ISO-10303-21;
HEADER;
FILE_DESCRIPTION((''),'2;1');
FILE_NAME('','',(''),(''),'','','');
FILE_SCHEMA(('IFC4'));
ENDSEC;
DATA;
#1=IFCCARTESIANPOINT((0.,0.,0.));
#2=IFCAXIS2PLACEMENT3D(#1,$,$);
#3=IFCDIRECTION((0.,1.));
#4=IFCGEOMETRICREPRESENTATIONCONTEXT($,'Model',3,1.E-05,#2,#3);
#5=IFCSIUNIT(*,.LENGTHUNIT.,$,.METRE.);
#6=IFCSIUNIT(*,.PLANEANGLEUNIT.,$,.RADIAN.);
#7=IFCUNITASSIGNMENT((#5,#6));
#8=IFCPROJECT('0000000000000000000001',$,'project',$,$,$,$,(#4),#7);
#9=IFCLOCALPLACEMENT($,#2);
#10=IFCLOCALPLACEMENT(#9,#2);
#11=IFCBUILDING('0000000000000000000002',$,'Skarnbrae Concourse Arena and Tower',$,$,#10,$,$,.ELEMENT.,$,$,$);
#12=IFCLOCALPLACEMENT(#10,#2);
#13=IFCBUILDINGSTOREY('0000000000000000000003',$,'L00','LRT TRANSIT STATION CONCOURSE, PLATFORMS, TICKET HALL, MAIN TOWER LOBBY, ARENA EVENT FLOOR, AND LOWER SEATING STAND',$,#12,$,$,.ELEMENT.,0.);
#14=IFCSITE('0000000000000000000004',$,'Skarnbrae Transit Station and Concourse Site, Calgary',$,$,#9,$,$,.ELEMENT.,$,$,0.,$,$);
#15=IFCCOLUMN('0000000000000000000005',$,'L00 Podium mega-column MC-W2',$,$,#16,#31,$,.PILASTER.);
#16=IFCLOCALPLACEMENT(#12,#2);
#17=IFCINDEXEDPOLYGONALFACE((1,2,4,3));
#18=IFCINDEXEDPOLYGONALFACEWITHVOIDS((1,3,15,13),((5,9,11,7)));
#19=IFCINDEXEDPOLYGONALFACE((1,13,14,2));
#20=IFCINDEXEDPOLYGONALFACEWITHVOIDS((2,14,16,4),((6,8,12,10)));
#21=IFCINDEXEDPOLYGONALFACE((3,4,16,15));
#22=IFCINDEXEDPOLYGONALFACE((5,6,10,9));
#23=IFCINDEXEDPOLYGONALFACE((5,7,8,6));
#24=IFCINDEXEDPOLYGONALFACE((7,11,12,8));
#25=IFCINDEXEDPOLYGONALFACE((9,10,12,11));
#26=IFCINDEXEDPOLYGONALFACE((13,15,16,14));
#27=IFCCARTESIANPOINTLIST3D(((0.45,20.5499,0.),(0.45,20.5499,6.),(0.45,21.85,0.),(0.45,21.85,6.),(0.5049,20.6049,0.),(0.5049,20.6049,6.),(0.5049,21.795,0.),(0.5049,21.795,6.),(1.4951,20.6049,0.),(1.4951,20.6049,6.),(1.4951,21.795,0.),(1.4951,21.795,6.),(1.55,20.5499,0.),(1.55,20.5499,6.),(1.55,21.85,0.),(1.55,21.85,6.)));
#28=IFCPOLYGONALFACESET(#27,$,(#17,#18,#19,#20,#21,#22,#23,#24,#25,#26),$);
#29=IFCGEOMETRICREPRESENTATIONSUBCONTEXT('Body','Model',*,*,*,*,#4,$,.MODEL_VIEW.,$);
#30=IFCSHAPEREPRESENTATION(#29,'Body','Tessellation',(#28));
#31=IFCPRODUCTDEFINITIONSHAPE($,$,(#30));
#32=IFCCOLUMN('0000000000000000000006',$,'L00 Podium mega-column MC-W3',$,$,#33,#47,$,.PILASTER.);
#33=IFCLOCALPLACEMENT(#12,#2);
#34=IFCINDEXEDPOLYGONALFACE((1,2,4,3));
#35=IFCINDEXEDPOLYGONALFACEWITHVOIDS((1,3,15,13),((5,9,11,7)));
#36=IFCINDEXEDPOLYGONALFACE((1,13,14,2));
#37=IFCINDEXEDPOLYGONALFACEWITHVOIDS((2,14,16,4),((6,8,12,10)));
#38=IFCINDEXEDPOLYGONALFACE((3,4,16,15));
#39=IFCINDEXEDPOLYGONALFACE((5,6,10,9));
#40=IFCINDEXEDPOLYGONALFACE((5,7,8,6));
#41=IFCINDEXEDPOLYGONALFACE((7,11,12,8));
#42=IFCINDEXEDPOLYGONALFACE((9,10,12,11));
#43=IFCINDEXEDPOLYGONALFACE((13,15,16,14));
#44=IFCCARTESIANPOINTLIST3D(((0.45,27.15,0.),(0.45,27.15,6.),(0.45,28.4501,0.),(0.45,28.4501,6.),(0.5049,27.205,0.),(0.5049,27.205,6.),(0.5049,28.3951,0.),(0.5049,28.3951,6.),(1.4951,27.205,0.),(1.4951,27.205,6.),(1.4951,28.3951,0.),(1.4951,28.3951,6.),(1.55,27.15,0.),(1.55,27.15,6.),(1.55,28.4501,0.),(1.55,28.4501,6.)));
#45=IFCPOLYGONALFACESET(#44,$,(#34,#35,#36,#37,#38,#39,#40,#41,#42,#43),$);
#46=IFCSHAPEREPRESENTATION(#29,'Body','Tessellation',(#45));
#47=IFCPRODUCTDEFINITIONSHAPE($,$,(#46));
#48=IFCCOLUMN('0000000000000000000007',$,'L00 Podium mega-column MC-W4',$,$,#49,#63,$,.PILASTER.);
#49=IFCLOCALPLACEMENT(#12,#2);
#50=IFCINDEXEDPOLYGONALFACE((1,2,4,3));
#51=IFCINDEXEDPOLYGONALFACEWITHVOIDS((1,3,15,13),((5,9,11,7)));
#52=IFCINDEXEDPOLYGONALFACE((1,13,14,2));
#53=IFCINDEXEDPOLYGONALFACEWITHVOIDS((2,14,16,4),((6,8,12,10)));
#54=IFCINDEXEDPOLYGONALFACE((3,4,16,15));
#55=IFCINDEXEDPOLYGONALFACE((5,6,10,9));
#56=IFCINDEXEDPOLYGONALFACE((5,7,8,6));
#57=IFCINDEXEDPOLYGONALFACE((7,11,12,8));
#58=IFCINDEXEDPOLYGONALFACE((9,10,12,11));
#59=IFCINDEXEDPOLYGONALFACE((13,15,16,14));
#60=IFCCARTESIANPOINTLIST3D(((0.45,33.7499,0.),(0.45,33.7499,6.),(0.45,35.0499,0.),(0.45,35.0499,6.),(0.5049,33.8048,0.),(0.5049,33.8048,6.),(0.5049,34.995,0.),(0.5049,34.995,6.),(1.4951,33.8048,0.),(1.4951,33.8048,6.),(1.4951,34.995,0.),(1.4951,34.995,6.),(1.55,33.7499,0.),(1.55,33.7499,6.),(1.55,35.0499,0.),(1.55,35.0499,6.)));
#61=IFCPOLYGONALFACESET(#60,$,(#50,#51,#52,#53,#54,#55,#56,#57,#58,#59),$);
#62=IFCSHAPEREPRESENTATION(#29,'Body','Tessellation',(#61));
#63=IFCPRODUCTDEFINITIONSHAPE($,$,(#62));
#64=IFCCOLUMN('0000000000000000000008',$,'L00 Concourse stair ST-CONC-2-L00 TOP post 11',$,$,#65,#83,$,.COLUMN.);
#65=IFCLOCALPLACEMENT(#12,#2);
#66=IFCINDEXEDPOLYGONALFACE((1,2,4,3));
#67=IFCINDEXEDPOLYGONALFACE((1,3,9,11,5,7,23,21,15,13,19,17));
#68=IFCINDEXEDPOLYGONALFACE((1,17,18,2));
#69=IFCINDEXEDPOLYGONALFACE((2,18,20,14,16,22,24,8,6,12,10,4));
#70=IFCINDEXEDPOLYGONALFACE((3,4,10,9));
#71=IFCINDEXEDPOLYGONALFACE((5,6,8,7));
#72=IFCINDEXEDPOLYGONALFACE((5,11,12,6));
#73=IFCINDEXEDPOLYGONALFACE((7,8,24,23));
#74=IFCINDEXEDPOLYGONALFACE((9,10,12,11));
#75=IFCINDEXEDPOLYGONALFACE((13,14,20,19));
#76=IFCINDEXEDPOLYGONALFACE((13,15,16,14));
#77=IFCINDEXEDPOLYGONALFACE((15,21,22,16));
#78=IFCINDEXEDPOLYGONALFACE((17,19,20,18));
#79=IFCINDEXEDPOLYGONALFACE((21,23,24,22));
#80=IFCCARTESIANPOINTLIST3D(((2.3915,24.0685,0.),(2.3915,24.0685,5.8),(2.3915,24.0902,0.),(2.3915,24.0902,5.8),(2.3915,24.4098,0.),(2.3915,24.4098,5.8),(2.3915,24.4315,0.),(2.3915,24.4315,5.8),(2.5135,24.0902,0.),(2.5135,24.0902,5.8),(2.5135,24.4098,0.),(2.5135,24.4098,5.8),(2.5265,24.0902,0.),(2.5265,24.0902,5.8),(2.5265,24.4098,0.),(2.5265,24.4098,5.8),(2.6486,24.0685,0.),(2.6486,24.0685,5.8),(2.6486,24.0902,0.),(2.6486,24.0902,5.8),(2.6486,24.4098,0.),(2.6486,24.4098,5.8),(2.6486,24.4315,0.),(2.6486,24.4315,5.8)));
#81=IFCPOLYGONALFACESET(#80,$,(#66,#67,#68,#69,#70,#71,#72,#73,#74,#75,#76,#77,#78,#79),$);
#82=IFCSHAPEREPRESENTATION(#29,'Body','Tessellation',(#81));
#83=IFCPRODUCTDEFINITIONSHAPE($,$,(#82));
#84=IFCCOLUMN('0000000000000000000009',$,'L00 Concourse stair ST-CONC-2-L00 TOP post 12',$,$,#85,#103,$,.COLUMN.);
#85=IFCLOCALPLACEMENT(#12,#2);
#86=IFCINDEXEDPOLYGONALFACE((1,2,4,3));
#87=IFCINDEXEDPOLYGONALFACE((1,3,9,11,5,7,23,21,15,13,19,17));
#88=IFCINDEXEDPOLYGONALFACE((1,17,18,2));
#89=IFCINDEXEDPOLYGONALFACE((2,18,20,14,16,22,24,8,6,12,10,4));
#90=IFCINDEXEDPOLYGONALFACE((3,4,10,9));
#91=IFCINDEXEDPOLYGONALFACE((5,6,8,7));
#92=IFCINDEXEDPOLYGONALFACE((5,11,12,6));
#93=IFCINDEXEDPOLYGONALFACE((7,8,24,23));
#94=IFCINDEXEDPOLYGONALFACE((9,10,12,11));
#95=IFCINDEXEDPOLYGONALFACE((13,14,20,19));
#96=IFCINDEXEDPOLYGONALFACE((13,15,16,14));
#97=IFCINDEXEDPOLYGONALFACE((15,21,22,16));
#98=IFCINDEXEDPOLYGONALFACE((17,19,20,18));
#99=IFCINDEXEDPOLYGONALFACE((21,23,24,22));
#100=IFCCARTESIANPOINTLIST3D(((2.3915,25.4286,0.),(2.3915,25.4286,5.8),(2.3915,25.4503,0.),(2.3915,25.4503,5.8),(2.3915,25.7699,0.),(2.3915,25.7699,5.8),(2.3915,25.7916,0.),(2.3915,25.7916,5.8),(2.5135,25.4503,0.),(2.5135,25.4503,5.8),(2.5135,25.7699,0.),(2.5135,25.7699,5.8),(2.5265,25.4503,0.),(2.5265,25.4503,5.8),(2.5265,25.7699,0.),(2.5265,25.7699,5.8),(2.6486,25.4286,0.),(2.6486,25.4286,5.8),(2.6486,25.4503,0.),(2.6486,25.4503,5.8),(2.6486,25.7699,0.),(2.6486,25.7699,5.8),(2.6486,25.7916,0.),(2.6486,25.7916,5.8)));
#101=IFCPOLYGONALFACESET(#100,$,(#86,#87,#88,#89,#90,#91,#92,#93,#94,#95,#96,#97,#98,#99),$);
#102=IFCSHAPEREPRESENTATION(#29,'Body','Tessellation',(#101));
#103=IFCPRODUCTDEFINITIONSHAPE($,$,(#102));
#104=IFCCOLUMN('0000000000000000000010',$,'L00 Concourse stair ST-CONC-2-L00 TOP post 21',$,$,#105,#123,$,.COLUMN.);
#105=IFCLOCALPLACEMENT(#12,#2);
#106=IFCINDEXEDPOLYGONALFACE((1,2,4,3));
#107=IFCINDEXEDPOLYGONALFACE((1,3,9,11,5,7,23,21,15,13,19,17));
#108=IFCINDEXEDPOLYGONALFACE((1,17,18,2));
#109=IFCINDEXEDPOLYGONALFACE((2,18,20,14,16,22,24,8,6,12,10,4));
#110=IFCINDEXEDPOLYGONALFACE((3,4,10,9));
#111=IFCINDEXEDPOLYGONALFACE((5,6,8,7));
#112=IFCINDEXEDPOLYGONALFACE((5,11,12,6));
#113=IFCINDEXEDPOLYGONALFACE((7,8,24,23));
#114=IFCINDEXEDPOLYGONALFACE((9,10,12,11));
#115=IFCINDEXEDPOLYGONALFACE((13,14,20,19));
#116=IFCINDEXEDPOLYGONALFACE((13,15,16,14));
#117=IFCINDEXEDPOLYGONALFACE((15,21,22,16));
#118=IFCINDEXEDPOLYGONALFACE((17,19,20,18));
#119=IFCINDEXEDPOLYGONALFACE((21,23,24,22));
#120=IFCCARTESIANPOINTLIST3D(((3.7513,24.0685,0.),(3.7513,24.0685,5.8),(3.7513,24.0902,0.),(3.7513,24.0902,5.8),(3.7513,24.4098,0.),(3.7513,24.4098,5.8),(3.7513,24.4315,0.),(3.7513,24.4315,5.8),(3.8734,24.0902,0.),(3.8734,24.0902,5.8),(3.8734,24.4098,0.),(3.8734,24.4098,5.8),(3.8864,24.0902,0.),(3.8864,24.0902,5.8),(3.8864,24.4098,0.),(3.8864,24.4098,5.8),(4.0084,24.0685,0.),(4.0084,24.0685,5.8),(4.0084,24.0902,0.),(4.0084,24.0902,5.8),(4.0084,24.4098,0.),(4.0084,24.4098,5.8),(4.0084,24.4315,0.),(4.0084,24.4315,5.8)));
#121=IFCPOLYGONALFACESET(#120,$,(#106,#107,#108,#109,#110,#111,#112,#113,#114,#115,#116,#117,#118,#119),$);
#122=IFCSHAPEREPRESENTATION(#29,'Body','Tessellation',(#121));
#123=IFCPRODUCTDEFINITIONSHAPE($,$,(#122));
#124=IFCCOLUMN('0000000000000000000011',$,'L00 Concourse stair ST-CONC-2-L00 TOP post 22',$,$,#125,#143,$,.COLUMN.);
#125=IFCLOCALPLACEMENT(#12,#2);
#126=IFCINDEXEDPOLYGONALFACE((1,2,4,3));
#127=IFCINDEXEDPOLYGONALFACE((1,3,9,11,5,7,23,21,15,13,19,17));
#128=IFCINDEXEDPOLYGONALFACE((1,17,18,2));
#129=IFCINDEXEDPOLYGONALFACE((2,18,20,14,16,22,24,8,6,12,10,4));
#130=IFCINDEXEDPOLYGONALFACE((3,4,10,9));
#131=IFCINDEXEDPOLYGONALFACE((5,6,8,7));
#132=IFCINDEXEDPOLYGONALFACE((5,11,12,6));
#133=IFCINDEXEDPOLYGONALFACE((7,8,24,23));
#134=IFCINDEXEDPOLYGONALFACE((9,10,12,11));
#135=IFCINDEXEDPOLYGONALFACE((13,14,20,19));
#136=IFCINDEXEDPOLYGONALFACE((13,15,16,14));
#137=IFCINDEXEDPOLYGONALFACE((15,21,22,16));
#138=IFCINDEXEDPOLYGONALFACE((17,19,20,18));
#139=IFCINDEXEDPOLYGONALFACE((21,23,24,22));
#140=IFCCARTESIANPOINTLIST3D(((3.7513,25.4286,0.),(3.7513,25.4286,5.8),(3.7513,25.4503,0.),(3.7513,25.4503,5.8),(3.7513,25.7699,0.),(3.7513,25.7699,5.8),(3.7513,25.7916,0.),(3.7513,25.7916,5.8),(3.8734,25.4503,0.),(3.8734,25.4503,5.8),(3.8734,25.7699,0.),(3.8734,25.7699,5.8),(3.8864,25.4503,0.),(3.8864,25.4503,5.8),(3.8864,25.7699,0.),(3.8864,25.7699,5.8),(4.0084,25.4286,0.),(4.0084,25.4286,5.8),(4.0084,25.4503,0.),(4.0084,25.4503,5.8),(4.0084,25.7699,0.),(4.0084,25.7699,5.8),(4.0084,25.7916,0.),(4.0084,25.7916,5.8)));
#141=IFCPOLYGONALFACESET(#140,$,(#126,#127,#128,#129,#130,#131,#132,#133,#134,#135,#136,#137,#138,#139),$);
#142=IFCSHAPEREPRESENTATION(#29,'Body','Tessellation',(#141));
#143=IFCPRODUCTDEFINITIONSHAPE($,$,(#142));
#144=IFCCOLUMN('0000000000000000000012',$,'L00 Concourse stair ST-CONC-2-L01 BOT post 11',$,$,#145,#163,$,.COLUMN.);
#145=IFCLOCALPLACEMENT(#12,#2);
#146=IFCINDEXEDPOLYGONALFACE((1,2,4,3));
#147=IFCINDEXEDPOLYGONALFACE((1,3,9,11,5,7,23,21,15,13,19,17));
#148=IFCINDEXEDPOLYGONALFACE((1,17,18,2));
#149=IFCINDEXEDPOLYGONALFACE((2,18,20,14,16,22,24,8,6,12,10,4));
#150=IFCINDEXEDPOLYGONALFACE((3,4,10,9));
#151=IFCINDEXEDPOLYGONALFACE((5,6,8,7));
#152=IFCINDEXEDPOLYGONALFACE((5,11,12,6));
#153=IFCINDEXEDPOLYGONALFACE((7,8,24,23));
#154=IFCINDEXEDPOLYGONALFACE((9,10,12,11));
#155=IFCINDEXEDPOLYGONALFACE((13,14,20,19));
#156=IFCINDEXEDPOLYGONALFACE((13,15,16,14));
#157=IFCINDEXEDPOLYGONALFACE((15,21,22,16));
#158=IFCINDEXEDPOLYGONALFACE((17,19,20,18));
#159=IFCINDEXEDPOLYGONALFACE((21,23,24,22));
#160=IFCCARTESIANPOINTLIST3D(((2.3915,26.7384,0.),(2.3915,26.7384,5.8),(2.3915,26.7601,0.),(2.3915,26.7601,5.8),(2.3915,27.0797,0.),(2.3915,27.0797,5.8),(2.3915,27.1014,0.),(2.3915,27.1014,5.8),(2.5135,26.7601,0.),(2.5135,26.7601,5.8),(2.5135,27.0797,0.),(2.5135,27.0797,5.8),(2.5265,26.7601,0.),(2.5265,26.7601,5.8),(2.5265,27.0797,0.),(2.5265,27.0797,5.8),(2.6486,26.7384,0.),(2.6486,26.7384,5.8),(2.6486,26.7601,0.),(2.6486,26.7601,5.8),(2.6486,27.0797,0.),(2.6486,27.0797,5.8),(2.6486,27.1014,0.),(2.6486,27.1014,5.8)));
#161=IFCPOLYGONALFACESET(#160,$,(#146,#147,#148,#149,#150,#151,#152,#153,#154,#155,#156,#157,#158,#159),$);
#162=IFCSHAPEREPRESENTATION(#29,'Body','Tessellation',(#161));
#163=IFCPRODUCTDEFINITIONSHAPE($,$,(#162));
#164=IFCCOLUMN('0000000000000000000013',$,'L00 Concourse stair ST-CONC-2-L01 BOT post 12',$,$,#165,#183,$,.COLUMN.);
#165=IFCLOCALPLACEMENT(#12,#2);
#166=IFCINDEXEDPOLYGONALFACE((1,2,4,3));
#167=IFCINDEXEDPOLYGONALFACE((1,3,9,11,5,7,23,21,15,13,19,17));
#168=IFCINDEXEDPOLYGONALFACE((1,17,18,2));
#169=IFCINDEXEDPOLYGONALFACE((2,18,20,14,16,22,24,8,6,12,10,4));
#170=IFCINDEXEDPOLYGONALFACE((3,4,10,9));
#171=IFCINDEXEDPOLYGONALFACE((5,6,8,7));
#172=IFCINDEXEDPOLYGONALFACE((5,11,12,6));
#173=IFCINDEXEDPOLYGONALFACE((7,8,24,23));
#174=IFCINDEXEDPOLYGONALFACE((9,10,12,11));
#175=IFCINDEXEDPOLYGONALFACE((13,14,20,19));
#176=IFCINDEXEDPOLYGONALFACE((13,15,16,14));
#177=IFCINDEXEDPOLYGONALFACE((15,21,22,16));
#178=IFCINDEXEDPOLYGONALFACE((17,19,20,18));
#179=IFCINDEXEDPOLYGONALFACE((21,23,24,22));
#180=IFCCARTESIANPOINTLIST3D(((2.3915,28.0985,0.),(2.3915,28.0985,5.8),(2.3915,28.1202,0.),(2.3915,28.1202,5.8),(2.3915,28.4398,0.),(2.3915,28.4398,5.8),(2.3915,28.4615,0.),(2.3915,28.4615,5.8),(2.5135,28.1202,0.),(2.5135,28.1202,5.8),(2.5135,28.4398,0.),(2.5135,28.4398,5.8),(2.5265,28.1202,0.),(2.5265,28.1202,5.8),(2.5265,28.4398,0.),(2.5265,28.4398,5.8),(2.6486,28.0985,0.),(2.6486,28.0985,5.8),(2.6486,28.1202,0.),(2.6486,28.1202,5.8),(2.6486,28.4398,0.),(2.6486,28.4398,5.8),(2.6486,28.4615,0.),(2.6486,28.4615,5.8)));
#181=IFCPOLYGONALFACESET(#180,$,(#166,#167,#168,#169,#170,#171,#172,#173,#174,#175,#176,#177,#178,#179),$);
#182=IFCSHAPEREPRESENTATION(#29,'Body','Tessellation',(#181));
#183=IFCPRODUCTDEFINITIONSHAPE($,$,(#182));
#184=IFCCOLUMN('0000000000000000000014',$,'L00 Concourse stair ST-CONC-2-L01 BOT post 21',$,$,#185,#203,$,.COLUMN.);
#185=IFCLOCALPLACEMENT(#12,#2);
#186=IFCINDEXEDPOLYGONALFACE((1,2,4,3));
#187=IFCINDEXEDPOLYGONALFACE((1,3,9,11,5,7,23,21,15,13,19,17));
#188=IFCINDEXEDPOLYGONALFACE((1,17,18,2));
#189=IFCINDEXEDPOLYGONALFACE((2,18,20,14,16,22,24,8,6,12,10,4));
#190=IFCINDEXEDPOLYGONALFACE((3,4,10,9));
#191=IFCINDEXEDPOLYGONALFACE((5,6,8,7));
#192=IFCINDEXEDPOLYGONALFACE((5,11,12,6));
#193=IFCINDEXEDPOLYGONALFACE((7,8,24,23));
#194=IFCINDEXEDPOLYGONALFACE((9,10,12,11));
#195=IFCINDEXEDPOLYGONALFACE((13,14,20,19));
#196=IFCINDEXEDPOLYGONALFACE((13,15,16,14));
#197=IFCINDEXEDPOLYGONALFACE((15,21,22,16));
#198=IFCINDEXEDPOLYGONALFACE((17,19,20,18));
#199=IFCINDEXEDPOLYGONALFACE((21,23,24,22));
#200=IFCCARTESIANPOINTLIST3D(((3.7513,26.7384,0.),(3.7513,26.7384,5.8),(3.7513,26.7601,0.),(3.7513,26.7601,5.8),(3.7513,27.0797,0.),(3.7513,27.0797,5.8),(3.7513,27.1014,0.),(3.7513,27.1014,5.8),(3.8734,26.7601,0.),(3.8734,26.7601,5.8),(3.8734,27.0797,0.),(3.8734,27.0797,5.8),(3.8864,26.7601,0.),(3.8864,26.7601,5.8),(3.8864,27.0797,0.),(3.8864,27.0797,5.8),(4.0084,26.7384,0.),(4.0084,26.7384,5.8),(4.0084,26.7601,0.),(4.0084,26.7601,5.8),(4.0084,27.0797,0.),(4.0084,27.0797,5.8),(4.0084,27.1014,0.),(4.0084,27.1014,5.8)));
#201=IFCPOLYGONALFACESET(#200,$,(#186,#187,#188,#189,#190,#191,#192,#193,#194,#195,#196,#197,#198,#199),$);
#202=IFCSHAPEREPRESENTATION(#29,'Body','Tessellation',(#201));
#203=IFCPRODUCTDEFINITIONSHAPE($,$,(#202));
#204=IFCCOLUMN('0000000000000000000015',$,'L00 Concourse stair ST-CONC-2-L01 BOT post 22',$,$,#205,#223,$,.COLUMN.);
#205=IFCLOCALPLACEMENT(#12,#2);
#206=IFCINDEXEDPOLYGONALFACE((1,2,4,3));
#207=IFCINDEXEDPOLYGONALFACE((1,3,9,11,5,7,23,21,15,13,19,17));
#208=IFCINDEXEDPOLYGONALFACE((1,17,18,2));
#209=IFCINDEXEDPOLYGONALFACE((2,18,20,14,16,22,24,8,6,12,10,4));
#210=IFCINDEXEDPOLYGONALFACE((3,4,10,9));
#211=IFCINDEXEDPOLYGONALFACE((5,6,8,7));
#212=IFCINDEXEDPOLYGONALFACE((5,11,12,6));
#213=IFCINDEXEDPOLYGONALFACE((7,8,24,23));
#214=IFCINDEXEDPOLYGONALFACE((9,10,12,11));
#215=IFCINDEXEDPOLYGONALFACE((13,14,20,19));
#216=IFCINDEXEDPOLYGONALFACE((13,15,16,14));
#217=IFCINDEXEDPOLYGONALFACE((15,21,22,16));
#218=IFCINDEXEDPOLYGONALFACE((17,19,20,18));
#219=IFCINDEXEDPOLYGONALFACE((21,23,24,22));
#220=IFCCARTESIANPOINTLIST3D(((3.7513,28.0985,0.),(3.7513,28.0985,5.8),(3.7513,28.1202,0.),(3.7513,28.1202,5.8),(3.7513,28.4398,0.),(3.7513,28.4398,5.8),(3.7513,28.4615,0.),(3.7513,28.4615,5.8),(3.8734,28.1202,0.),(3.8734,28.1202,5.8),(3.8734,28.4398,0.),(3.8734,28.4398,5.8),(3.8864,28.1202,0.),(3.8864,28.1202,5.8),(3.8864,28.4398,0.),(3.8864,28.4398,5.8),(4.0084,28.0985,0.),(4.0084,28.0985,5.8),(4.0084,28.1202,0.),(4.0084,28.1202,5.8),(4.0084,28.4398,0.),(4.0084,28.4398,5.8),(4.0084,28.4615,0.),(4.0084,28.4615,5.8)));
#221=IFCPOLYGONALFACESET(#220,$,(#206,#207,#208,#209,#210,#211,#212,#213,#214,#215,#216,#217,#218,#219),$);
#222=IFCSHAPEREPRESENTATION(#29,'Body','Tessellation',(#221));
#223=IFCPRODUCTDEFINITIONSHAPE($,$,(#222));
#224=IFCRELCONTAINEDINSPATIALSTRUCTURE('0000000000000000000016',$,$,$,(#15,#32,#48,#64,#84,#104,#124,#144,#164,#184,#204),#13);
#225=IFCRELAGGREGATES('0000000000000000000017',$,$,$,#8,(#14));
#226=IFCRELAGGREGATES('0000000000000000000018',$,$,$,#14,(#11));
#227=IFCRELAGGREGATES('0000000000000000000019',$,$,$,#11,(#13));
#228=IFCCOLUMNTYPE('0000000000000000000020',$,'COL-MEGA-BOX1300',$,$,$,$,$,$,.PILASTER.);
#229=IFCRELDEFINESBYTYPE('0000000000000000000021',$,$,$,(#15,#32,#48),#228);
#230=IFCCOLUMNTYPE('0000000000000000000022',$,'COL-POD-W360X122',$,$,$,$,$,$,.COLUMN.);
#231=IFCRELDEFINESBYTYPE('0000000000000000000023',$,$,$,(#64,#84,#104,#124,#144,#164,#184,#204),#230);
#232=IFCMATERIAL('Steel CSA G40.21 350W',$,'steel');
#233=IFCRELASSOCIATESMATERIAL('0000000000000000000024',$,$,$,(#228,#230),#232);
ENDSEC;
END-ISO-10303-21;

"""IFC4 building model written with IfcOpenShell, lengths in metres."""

from ifc_helpers import new_model, si_unit, direction, frame, origin, origin_2d, place, context, subcontext, project, spatial, hollow_rectangle, i_section, extrude, source, transform, mapped, material, material_profile, profile_set, type_object, element, save


model = new_model("IFC4")

# Units and contexts
model_context = context("Model", 3, precision=1e-05, world=origin(), true_north=direction((0.0, 1.0)))
body_context = subcontext(model_context, "Body", "Model", "MODEL_VIEW")
ifc_project = project(units=[si_unit("LENGTHUNIT", "METRE"), si_unit("PLANEANGLEUNIT", "RADIAN")], contexts=[model_context])

# Site, building, storey
site_placement = place(None, origin())
site = spatial("IfcSite", under=ifc_project, at=site_placement, Name="Skarnbrae Transit Station and Concourse Site, Calgary", CompositionType="ELEMENT", RefElevation=0.0)
building_placement = place(site_placement, origin())
building = spatial("IfcBuilding", under=site, at=building_placement, Name="Skarnbrae Concourse Arena and Tower", CompositionType="ELEMENT")
storey_placement = place(building_placement, origin())
storey = spatial("IfcBuildingStorey", under=building, at=storey_placement, Name="L00", Description="LRT TRANSIT STATION CONCOURSE, PLATFORMS, TICKET HALL, MAIN TOWER LOBBY, ARENA EVENT FLOOR, AND LOWER SEATING STAND", CompositionType="ELEMENT", Elevation=0.0)

# Columns
ifc_material_1 = material(Name="Steel CSA G40.21 350W", Category="steel")
ifc_material_profile_1 = material_profile(ifc_material_1, hollow_rectangle(XDim=1.1001, YDim=1.3, WallThickness=0.0549, at=origin_2d()), Name="BOX1300X1100X55")
ifc_profile_set_1 = profile_set([ifc_material_profile_1], Name="Steel CSA G40.21 350W")
column_type_1 = type_object("IfcColumnType", Name="COL-MEGA-BOX1300", PredefinedType="PILASTER", material=ifc_profile_set_1)
shared_shape_1 = source(origin(), body_context, "Body", "SweptSolid", [
    extrude(hollow_rectangle(XDim=1.1001, YDim=1.3, WallThickness=0.0549, at=origin_2d()), origin(), (0.0, 0.0, 1.0), 6.0),
])
for number, where, z_axis, x_axis, name in (
    (1, (1.0, 21.2, 0.0), (0.0, 0.0, 1.0), (1.0, 0.0, 0.0), "L00 Podium mega-column MC-W2"),
    (2, (1.0, 27.8, 0.0), (0.0, 0.0, 1.0), (1.0, 0.0, 0.0), "L00 Podium mega-column MC-W3"),
    (3, (1.0, 34.3999, 0.0), (0.0, 0.0, 1.0), (1.0, 0.0, 0.0), "L00 Podium mega-column MC-W4"),
):
    element("IfcColumn", number, at=place(storey_placement, frame(where, z_axis=z_axis, x_axis=x_axis)), inside=storey, type_object=column_type_1, Name=name, PredefinedType="PILASTER", context=body_context, shape_type="MappedRepresentation", body=[
        mapped(shared_shape_1, transform((0.0, 0.0, 0.0))),
    ])
ifc_material_profile_2 = material_profile(ifc_material_1, i_section(OverallWidth=0.2571, OverallDepth=0.363, WebThickness=0.0129, FlangeThickness=0.0217, at=origin_2d()), Name="W360X122")
ifc_profile_set_2 = profile_set([ifc_material_profile_2], Name="Steel CSA G40.21 350W")
column_type_2 = type_object("IfcColumnType", Name="COL-POD-W360X122", PredefinedType="COLUMN", material=ifc_profile_set_2)
shared_shape_2 = source(origin(), body_context, "Body", "SweptSolid", [
    extrude(i_section(OverallWidth=0.2571, OverallDepth=0.363, WebThickness=0.0129, FlangeThickness=0.0217, at=origin_2d()), origin(), (0.0, 0.0, 1.0), 5.8),
])
for number, where, z_axis, x_axis, name in (
    (4, (2.52, 24.25, 0.0), (0.0, 0.0, 1.0), (1.0, 0.0, 0.0), "L00 Concourse stair ST-CONC-2-L00 TOP post 11"),
    (5, (2.52, 25.6101, 0.0), (0.0, 0.0, 1.0), (1.0, 0.0, 0.0), "L00 Concourse stair ST-CONC-2-L00 TOP post 12"),
    (6, (3.8799, 24.25, 0.0), (0.0, 0.0, 1.0), (1.0, 0.0, 0.0), "L00 Concourse stair ST-CONC-2-L00 TOP post 21"),
    (7, (3.8799, 25.6101, 0.0), (0.0, 0.0, 1.0), (1.0, 0.0, 0.0), "L00 Concourse stair ST-CONC-2-L00 TOP post 22"),
    (8, (2.52, 26.9199, 0.0), (0.0, 0.0, 1.0), (1.0, 0.0, 0.0), "L00 Concourse stair ST-CONC-2-L01 BOT post 11"),
    (9, (2.52, 28.28, 0.0), (0.0, 0.0, 1.0), (1.0, 0.0, 0.0), "L00 Concourse stair ST-CONC-2-L01 BOT post 12"),
    (10, (3.8799, 26.9199, 0.0), (0.0, 0.0, 1.0), (1.0, 0.0, 0.0), "L00 Concourse stair ST-CONC-2-L01 BOT post 21"),
    (11, (3.8799, 28.28, 0.0), (0.0, 0.0, 1.0), (1.0, 0.0, 0.0), "L00 Concourse stair ST-CONC-2-L01 BOT post 22"),
):
    element("IfcColumn", number, at=place(storey_placement, frame(where, z_axis=z_axis, x_axis=x_axis)), inside=storey, type_object=column_type_2, Name=name, PredefinedType="COLUMN", context=body_context, shape_type="MappedRepresentation", body=[
        mapped(shared_shape_2, transform((0.0, 0.0, 0.0))),
    ])

save(model, "model.ifc")
